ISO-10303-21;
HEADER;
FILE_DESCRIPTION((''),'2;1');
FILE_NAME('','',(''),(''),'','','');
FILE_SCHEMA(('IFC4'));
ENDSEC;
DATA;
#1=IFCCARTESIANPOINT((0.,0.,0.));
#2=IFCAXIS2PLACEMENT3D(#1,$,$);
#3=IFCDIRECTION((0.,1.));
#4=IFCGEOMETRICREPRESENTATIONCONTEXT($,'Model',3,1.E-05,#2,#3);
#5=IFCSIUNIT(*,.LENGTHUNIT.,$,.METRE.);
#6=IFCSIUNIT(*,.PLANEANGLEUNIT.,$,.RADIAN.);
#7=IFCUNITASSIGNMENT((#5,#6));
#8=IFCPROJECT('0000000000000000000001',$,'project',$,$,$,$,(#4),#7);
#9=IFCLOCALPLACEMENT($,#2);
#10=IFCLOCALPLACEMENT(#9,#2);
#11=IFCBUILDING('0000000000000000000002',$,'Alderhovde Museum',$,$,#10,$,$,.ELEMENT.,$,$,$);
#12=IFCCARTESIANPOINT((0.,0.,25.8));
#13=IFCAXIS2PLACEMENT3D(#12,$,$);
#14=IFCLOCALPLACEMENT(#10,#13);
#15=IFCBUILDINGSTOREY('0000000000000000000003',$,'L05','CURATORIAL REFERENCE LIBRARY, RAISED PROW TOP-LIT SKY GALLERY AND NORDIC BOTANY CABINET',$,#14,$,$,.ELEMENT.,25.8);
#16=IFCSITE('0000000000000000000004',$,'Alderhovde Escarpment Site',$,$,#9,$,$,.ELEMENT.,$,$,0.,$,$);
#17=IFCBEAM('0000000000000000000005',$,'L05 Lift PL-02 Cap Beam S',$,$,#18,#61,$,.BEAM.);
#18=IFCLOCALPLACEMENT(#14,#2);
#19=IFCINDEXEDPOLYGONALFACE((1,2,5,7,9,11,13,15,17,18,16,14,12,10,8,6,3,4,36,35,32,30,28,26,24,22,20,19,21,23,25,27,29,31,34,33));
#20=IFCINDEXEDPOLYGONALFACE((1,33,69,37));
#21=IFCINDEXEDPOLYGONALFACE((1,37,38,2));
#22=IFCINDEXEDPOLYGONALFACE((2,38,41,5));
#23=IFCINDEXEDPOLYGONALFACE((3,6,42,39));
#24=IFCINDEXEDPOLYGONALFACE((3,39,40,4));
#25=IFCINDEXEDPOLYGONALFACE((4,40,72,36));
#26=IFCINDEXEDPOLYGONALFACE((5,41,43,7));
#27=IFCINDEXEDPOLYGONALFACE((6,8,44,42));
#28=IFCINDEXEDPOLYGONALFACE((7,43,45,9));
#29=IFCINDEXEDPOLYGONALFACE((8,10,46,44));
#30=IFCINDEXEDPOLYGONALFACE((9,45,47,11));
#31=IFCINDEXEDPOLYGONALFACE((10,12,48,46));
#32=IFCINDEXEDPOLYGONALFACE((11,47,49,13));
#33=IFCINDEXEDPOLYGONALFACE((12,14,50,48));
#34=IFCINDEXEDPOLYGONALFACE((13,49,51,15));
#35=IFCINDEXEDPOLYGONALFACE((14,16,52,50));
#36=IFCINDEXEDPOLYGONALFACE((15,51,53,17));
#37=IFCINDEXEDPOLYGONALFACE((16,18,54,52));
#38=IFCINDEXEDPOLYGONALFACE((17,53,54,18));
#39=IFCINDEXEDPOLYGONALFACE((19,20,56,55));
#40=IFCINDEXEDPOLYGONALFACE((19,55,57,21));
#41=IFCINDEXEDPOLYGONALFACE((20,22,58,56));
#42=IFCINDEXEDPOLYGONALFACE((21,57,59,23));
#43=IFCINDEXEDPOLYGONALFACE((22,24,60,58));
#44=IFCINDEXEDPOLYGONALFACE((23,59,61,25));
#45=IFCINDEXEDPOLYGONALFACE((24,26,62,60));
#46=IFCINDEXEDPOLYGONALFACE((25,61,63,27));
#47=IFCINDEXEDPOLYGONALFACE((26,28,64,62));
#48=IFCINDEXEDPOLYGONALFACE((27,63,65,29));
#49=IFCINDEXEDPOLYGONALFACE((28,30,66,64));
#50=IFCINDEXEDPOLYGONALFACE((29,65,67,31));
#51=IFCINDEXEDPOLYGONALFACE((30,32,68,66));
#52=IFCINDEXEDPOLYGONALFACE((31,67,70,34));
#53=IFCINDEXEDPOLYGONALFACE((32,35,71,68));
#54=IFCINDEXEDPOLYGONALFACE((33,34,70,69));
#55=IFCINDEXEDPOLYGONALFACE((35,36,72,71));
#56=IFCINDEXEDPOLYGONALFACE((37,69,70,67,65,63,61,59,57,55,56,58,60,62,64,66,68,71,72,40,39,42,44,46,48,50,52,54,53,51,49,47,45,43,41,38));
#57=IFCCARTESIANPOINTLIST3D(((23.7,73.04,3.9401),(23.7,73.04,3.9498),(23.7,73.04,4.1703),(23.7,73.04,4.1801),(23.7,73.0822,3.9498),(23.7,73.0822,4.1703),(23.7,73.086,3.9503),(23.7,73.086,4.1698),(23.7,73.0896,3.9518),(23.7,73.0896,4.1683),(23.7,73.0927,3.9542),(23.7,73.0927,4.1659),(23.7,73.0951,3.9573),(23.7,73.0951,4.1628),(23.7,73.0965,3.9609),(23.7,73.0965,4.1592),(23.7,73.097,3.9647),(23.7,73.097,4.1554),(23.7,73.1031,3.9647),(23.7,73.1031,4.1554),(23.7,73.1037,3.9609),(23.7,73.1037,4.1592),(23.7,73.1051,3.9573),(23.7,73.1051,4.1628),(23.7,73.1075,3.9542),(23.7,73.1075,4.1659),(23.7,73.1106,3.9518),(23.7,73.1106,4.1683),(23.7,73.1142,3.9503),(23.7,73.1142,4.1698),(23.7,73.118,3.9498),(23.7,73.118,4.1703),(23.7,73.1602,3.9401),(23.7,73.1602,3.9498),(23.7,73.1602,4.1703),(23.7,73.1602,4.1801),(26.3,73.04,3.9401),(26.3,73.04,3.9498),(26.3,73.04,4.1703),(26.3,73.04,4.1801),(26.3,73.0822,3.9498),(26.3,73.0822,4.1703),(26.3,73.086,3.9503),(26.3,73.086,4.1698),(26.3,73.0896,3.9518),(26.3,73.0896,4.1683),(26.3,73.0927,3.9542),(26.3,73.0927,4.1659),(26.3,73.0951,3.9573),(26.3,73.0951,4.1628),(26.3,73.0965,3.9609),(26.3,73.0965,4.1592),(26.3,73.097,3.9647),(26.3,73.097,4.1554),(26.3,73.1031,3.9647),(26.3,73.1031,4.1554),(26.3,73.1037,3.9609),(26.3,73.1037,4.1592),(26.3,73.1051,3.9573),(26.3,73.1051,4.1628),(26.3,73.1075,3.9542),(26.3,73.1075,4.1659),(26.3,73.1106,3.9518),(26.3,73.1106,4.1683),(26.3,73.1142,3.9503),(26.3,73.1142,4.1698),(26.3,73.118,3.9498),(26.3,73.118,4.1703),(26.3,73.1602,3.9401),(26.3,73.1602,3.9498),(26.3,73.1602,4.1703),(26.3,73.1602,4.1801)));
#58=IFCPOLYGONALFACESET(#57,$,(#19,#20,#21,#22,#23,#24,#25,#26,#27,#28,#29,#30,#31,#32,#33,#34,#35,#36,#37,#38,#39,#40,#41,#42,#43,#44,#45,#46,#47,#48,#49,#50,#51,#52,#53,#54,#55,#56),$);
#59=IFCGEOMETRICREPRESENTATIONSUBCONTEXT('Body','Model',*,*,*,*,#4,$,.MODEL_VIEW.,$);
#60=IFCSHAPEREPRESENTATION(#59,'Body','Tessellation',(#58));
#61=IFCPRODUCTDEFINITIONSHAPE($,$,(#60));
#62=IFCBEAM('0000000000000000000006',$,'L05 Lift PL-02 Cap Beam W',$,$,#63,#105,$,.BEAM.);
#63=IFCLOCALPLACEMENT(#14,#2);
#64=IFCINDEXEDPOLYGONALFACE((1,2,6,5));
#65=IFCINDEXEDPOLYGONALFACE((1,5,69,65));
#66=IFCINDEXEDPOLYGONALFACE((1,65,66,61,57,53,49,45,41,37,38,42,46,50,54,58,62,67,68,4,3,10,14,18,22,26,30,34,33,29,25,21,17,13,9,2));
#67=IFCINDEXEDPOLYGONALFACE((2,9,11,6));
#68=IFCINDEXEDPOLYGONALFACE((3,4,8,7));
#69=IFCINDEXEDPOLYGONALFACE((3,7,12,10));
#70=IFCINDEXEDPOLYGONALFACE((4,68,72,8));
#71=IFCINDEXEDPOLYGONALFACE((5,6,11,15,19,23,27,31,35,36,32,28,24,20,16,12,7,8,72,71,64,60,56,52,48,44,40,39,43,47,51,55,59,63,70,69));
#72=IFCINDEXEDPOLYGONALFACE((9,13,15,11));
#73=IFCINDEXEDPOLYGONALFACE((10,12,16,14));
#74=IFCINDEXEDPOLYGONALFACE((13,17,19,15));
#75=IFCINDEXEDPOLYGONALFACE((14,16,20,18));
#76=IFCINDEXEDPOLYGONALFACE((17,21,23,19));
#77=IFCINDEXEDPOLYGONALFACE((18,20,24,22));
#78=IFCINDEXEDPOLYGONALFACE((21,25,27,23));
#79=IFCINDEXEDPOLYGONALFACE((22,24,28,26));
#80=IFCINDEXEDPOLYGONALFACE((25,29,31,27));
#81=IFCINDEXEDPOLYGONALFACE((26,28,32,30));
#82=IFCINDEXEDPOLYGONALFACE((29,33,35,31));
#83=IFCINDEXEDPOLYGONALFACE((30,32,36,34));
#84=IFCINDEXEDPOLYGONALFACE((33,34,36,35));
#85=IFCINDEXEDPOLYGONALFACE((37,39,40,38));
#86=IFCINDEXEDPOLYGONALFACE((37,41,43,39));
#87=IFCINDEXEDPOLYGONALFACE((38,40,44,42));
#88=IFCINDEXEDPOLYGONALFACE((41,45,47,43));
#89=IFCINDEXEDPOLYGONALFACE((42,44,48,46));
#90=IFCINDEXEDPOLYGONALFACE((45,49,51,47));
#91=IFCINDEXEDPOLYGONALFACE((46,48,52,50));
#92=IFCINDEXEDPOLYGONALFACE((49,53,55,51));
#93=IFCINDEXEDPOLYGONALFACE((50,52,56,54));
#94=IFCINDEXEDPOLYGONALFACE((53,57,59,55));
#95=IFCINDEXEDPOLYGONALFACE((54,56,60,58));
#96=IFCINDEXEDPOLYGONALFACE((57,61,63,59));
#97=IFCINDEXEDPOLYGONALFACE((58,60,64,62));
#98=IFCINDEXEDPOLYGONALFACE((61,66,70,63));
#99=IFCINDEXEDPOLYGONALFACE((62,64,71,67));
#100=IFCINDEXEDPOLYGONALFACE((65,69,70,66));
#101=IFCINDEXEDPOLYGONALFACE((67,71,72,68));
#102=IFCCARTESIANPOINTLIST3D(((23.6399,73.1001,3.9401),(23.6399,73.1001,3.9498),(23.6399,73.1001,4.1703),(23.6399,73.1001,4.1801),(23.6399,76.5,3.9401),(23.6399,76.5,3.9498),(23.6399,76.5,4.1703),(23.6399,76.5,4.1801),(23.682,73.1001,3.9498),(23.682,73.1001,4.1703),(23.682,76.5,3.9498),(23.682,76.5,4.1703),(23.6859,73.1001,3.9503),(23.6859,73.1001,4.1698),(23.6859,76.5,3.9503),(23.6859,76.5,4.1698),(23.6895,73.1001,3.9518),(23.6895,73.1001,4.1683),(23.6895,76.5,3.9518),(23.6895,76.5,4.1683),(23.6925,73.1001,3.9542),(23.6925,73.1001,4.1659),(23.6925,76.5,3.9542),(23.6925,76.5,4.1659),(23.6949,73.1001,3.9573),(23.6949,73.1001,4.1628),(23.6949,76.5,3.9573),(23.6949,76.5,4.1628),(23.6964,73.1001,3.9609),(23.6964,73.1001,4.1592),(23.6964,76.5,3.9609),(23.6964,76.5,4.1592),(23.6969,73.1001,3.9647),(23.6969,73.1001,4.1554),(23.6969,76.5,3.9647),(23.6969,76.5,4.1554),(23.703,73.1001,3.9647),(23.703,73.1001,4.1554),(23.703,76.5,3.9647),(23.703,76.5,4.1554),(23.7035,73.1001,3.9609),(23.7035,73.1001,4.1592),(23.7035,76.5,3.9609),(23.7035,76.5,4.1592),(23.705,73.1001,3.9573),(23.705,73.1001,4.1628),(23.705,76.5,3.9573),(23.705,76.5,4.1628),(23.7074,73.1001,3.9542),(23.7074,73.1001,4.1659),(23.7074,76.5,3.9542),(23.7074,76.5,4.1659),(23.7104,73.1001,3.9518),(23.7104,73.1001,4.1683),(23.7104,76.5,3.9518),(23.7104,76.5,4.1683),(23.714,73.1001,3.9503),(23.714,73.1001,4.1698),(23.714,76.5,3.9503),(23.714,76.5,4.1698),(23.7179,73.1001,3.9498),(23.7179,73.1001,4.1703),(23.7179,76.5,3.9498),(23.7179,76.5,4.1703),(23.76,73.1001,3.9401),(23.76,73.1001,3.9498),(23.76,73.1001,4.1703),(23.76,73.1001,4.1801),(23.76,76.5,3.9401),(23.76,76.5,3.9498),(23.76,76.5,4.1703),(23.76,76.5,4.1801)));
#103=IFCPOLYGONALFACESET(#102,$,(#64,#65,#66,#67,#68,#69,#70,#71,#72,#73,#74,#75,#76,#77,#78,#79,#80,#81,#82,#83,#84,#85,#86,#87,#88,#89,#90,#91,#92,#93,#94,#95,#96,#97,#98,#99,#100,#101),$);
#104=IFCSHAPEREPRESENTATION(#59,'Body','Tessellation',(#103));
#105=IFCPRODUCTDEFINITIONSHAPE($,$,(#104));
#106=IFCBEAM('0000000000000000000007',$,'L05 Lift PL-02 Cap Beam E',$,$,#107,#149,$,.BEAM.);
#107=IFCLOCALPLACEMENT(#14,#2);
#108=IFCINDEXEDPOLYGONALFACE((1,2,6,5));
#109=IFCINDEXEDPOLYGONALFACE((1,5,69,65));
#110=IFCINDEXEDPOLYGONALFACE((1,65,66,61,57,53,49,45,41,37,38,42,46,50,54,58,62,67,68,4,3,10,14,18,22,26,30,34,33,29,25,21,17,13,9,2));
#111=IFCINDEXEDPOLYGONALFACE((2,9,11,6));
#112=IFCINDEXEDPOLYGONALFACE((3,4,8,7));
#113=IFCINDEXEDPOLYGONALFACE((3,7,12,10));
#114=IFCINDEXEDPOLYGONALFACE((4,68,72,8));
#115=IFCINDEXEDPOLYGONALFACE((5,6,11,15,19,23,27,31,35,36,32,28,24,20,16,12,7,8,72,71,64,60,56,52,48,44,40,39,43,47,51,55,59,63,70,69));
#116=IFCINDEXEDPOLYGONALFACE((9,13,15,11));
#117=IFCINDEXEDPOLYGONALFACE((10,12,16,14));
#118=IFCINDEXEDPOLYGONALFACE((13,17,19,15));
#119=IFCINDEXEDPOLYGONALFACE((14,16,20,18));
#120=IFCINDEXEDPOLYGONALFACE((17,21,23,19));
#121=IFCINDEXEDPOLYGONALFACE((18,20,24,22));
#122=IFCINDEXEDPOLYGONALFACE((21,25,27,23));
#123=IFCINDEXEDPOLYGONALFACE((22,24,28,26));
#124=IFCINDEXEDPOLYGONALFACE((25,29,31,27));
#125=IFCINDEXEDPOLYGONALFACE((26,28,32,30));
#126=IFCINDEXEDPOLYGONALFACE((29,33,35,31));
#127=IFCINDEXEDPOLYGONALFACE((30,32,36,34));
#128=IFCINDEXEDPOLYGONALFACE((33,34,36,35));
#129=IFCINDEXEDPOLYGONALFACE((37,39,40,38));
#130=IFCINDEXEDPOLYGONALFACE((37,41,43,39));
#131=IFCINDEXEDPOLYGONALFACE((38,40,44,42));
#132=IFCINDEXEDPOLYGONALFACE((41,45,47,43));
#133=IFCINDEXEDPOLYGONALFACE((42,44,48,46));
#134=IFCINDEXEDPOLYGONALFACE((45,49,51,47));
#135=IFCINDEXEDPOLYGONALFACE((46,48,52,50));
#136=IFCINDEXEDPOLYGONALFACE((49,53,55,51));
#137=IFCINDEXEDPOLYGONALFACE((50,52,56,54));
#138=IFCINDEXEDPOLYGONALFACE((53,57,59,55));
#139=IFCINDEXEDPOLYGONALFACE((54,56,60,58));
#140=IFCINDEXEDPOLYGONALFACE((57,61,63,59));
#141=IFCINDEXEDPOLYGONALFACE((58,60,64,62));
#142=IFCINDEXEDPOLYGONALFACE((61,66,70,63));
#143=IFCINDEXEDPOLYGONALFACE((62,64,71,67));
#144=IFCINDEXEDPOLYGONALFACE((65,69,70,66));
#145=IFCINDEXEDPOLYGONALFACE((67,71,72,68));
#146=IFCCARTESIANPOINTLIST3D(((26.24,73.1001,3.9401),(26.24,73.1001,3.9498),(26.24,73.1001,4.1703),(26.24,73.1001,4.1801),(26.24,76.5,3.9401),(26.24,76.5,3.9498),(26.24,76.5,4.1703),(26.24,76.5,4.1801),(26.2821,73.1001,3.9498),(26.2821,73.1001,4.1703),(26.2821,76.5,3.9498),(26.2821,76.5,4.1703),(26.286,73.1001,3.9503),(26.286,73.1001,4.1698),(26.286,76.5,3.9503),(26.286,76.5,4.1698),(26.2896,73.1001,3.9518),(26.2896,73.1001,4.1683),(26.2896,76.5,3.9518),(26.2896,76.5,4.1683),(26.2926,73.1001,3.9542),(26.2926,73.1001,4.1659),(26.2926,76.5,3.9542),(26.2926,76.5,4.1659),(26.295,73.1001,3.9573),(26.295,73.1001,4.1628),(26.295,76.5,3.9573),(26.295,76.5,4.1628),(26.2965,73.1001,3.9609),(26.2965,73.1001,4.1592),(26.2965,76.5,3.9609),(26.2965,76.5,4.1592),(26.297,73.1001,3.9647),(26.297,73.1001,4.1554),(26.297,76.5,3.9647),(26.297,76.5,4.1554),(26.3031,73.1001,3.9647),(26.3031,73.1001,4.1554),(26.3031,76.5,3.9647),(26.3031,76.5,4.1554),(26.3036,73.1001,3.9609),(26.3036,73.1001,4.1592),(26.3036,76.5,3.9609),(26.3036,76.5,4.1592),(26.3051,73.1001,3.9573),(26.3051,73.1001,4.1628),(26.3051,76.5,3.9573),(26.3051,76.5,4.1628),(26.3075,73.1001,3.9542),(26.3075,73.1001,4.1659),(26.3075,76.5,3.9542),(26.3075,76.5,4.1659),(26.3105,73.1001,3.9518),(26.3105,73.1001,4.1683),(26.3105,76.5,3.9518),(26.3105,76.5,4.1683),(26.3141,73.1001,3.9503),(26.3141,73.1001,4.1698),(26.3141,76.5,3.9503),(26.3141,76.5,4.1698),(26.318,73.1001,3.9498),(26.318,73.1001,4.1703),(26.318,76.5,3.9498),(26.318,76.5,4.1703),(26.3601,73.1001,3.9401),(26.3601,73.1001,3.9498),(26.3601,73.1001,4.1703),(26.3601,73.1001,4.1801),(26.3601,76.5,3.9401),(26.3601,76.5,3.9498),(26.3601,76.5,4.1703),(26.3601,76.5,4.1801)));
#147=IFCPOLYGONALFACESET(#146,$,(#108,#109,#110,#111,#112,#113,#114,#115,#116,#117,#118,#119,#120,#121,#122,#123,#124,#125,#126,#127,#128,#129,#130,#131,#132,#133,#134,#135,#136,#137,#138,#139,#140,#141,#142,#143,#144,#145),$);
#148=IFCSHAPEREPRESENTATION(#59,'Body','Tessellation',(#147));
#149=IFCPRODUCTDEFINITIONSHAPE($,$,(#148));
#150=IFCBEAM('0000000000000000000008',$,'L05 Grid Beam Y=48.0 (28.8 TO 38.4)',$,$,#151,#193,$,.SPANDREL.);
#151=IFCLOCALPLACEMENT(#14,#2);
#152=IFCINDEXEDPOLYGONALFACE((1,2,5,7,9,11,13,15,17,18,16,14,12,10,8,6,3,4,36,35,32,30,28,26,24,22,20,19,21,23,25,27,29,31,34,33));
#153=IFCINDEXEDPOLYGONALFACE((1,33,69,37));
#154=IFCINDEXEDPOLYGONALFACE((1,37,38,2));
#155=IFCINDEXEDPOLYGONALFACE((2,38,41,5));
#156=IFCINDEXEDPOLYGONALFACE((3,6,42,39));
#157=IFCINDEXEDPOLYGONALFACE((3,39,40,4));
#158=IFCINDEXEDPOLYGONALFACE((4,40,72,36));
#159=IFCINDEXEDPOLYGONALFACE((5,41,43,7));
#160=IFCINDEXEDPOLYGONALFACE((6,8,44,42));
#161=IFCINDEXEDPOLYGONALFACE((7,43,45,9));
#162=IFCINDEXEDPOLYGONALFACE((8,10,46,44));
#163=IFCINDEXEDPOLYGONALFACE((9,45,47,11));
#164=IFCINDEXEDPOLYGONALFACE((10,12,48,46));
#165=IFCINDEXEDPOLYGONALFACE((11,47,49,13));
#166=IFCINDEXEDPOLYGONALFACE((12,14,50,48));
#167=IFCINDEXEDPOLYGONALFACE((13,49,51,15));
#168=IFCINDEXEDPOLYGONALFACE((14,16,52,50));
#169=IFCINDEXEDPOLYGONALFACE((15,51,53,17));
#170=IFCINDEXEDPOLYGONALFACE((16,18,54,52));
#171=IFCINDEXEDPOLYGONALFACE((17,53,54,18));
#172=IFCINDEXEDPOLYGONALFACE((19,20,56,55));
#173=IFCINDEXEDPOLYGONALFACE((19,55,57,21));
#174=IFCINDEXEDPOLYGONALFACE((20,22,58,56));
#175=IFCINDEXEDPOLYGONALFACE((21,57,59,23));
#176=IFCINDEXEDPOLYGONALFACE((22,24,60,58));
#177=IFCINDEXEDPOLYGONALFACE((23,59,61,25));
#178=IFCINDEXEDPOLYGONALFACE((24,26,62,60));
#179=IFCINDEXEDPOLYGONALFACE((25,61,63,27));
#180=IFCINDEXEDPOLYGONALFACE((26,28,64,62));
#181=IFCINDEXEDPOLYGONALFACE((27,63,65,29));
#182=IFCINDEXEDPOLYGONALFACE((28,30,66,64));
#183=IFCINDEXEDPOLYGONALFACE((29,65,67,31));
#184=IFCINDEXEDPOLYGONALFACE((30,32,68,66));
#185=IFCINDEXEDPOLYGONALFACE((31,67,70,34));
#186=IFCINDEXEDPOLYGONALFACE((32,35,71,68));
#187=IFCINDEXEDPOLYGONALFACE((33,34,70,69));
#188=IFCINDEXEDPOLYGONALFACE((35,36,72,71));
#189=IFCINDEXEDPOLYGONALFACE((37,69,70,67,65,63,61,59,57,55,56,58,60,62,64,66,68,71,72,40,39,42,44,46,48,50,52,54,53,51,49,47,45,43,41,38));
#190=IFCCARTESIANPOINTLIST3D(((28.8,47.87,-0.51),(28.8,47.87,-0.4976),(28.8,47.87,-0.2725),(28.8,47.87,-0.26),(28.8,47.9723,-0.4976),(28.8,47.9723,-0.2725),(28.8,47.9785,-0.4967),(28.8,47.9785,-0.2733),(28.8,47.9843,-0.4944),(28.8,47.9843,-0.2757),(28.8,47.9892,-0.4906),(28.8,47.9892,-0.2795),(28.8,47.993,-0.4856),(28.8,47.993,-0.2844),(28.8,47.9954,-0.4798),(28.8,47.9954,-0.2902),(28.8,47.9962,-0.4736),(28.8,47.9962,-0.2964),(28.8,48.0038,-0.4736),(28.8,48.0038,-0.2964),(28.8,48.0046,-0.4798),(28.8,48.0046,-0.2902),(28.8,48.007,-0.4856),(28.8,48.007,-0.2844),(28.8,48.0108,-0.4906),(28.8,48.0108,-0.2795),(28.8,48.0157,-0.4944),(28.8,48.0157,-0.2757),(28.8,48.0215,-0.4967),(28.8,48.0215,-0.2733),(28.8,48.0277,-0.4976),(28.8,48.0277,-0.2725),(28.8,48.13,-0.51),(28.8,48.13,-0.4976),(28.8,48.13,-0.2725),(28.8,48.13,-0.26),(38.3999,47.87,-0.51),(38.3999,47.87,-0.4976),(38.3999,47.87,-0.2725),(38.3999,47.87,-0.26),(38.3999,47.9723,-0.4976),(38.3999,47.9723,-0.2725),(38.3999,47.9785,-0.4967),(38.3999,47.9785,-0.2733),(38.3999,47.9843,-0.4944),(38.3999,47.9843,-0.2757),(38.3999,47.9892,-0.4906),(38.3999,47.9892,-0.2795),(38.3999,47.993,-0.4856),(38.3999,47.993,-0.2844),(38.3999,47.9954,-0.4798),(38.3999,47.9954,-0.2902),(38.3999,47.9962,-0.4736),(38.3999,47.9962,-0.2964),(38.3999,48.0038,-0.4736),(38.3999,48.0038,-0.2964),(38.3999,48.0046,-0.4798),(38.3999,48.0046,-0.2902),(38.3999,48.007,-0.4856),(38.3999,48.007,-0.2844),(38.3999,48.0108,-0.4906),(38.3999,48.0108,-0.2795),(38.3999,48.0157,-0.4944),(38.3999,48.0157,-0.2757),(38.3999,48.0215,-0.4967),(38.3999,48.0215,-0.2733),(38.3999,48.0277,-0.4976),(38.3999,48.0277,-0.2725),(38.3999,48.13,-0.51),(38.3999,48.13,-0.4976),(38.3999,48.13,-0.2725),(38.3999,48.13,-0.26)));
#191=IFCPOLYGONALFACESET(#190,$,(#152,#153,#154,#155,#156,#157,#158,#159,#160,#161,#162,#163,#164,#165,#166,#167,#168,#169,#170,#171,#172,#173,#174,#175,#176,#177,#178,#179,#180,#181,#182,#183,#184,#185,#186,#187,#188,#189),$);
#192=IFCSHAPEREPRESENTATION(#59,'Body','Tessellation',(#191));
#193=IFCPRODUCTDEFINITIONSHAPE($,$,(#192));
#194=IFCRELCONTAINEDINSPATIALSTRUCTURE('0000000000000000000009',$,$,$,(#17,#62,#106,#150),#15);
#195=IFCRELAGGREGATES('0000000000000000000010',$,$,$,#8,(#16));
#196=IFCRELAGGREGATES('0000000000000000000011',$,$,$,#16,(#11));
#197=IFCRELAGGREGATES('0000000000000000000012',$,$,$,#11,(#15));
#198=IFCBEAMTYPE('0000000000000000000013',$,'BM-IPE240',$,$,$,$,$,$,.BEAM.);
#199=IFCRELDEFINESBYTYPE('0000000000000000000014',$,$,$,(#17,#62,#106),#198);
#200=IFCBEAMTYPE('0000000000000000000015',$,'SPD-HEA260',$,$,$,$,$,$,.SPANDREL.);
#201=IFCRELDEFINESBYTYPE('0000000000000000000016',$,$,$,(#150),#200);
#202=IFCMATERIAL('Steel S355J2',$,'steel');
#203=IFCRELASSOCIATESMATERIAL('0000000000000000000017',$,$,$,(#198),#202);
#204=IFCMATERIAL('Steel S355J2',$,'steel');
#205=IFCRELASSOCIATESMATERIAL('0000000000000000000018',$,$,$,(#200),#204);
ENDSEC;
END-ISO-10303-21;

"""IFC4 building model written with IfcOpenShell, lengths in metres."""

from ifc_helpers import new_model, si_unit, direction, frame, origin, origin_2d, place, context, subcontext, project, spatial, i_section, extrude, material, material_profile, profile_set, type_object, element, save


model = new_model("IFC4")

# Units and contexts
model_context = context("Model", 3, precision=1e-05, world=origin(), true_north=direction((0.0, 1.0)))
body_context = subcontext(model_context, "Body", "Model", "MODEL_VIEW")
ifc_project = project(units=[si_unit("LENGTHUNIT", "METRE"), si_unit("PLANEANGLEUNIT", "RADIAN")], contexts=[model_context])

# Site, building, storey
site_placement = place(None, origin())
site = spatial("IfcSite", under=ifc_project, at=site_placement, Name="Alderhovde Escarpment Site", CompositionType="ELEMENT", RefElevation=0.0)
building_placement = place(site_placement, origin())
building = spatial("IfcBuilding", under=site, at=building_placement, Name="Alderhovde Museum", CompositionType="ELEMENT")
storey_placement = place(building_placement, frame((0.0, 0.0, 25.8)))
storey = spatial("IfcBuildingStorey", under=building, at=storey_placement, Name="L05", Description="CURATORIAL REFERENCE LIBRARY, RAISED PROW TOP-LIT SKY GALLERY AND NORDIC BOTANY CABINET", CompositionType="ELEMENT", Elevation=25.8)

# Beams
ifc_material_1 = material(Name="Steel S355J2", Category="steel")
ifc_material_profile_1 = material_profile(ifc_material_1, i_section(OverallWidth=0.1201, OverallDepth=0.24, WebThickness=0.0061, FlangeThickness=0.0098, FilletRadius=0.0149, at=origin_2d()), Name="IPE 240")
ifc_profile_set_1 = profile_set([ifc_material_profile_1], Name="Steel S355J2")
beam_type_1 = type_object("IfcBeamType", Name="BM-IPE240", PredefinedType="BEAM", material=ifc_profile_set_1)
beam_1_placement = place(storey_placement, frame((23.7, 73.1001, 4.0601), z_axis=(1.0, 0.0, 0.0), x_axis=(0.0, 1.0, 0.0)))
element("IfcBeam", 1, at=beam_1_placement, inside=storey, type_object=beam_type_1, Name="L05 Lift PL-02 Cap Beam S", PredefinedType="BEAM", context=body_context, shape_type="SweptSolid", body=[
    extrude(i_section(OverallWidth=0.1201, OverallDepth=0.24, WebThickness=0.0061, FlangeThickness=0.0098, FilletRadius=0.0149, at=origin_2d()), origin(), (0.0, 0.0, 1.0), 2.6001),
])
for number, where, z_axis, x_axis, name in (
    (2, (23.7, 73.1001, 4.0601), (0.0, 1.0, 0.0), (-1.0, 0.0, 0.0), "L05 Lift PL-02 Cap Beam W"),
    (3, (26.3, 73.1001, 4.0601), (0.0, 1.0, 0.0), (-1.0, 0.0, 0.0), "L05 Lift PL-02 Cap Beam E"),
):
    element("IfcBeam", number, at=place(storey_placement, frame(where, z_axis=z_axis, x_axis=x_axis)), inside=storey, type_object=beam_type_1, Name=name, PredefinedType="BEAM", context=body_context, shape_type="SweptSolid", body=[
        extrude(i_section(OverallWidth=0.1201, OverallDepth=0.24, WebThickness=0.0061, FlangeThickness=0.0098, FilletRadius=0.0149, at=origin_2d()), origin(), (0.0, 0.0, 1.0), 3.3999),
    ])
ifc_material_2 = material(Name="Steel S355J2", Category="steel")
ifc_material_profile_2 = material_profile(ifc_material_2, i_section(OverallWidth=0.26, OverallDepth=0.25, WebThickness=0.0076, FlangeThickness=0.0125, FilletRadius=0.0239, at=origin_2d()), Name="HEA 260")
ifc_profile_set_2 = profile_set([ifc_material_profile_2], Name="Steel S355J2")
beam_type_2 = type_object("IfcBeamType", Name="SPD-HEA260", PredefinedType="SPANDREL", material=ifc_profile_set_2)
beam_2_placement = place(storey_placement, frame((28.8, 48.0, -0.385), z_axis=(1.0, 0.0, 0.0), x_axis=(0.0, 1.0, 0.0)))
element("IfcBeam", 4, at=beam_2_placement, inside=storey, type_object=beam_type_2, Name="L05 Grid Beam Y=48.0 (28.8 TO 38.4)", PredefinedType="SPANDREL", context=body_context, shape_type="SweptSolid", body=[
    extrude(i_section(OverallWidth=0.26, OverallDepth=0.25, WebThickness=0.0076, FlangeThickness=0.0125, FilletRadius=0.0239, at=origin_2d()), origin(), (0.0, 0.0, 1.0), 9.5999),
])

save(model, "model.ifc")
